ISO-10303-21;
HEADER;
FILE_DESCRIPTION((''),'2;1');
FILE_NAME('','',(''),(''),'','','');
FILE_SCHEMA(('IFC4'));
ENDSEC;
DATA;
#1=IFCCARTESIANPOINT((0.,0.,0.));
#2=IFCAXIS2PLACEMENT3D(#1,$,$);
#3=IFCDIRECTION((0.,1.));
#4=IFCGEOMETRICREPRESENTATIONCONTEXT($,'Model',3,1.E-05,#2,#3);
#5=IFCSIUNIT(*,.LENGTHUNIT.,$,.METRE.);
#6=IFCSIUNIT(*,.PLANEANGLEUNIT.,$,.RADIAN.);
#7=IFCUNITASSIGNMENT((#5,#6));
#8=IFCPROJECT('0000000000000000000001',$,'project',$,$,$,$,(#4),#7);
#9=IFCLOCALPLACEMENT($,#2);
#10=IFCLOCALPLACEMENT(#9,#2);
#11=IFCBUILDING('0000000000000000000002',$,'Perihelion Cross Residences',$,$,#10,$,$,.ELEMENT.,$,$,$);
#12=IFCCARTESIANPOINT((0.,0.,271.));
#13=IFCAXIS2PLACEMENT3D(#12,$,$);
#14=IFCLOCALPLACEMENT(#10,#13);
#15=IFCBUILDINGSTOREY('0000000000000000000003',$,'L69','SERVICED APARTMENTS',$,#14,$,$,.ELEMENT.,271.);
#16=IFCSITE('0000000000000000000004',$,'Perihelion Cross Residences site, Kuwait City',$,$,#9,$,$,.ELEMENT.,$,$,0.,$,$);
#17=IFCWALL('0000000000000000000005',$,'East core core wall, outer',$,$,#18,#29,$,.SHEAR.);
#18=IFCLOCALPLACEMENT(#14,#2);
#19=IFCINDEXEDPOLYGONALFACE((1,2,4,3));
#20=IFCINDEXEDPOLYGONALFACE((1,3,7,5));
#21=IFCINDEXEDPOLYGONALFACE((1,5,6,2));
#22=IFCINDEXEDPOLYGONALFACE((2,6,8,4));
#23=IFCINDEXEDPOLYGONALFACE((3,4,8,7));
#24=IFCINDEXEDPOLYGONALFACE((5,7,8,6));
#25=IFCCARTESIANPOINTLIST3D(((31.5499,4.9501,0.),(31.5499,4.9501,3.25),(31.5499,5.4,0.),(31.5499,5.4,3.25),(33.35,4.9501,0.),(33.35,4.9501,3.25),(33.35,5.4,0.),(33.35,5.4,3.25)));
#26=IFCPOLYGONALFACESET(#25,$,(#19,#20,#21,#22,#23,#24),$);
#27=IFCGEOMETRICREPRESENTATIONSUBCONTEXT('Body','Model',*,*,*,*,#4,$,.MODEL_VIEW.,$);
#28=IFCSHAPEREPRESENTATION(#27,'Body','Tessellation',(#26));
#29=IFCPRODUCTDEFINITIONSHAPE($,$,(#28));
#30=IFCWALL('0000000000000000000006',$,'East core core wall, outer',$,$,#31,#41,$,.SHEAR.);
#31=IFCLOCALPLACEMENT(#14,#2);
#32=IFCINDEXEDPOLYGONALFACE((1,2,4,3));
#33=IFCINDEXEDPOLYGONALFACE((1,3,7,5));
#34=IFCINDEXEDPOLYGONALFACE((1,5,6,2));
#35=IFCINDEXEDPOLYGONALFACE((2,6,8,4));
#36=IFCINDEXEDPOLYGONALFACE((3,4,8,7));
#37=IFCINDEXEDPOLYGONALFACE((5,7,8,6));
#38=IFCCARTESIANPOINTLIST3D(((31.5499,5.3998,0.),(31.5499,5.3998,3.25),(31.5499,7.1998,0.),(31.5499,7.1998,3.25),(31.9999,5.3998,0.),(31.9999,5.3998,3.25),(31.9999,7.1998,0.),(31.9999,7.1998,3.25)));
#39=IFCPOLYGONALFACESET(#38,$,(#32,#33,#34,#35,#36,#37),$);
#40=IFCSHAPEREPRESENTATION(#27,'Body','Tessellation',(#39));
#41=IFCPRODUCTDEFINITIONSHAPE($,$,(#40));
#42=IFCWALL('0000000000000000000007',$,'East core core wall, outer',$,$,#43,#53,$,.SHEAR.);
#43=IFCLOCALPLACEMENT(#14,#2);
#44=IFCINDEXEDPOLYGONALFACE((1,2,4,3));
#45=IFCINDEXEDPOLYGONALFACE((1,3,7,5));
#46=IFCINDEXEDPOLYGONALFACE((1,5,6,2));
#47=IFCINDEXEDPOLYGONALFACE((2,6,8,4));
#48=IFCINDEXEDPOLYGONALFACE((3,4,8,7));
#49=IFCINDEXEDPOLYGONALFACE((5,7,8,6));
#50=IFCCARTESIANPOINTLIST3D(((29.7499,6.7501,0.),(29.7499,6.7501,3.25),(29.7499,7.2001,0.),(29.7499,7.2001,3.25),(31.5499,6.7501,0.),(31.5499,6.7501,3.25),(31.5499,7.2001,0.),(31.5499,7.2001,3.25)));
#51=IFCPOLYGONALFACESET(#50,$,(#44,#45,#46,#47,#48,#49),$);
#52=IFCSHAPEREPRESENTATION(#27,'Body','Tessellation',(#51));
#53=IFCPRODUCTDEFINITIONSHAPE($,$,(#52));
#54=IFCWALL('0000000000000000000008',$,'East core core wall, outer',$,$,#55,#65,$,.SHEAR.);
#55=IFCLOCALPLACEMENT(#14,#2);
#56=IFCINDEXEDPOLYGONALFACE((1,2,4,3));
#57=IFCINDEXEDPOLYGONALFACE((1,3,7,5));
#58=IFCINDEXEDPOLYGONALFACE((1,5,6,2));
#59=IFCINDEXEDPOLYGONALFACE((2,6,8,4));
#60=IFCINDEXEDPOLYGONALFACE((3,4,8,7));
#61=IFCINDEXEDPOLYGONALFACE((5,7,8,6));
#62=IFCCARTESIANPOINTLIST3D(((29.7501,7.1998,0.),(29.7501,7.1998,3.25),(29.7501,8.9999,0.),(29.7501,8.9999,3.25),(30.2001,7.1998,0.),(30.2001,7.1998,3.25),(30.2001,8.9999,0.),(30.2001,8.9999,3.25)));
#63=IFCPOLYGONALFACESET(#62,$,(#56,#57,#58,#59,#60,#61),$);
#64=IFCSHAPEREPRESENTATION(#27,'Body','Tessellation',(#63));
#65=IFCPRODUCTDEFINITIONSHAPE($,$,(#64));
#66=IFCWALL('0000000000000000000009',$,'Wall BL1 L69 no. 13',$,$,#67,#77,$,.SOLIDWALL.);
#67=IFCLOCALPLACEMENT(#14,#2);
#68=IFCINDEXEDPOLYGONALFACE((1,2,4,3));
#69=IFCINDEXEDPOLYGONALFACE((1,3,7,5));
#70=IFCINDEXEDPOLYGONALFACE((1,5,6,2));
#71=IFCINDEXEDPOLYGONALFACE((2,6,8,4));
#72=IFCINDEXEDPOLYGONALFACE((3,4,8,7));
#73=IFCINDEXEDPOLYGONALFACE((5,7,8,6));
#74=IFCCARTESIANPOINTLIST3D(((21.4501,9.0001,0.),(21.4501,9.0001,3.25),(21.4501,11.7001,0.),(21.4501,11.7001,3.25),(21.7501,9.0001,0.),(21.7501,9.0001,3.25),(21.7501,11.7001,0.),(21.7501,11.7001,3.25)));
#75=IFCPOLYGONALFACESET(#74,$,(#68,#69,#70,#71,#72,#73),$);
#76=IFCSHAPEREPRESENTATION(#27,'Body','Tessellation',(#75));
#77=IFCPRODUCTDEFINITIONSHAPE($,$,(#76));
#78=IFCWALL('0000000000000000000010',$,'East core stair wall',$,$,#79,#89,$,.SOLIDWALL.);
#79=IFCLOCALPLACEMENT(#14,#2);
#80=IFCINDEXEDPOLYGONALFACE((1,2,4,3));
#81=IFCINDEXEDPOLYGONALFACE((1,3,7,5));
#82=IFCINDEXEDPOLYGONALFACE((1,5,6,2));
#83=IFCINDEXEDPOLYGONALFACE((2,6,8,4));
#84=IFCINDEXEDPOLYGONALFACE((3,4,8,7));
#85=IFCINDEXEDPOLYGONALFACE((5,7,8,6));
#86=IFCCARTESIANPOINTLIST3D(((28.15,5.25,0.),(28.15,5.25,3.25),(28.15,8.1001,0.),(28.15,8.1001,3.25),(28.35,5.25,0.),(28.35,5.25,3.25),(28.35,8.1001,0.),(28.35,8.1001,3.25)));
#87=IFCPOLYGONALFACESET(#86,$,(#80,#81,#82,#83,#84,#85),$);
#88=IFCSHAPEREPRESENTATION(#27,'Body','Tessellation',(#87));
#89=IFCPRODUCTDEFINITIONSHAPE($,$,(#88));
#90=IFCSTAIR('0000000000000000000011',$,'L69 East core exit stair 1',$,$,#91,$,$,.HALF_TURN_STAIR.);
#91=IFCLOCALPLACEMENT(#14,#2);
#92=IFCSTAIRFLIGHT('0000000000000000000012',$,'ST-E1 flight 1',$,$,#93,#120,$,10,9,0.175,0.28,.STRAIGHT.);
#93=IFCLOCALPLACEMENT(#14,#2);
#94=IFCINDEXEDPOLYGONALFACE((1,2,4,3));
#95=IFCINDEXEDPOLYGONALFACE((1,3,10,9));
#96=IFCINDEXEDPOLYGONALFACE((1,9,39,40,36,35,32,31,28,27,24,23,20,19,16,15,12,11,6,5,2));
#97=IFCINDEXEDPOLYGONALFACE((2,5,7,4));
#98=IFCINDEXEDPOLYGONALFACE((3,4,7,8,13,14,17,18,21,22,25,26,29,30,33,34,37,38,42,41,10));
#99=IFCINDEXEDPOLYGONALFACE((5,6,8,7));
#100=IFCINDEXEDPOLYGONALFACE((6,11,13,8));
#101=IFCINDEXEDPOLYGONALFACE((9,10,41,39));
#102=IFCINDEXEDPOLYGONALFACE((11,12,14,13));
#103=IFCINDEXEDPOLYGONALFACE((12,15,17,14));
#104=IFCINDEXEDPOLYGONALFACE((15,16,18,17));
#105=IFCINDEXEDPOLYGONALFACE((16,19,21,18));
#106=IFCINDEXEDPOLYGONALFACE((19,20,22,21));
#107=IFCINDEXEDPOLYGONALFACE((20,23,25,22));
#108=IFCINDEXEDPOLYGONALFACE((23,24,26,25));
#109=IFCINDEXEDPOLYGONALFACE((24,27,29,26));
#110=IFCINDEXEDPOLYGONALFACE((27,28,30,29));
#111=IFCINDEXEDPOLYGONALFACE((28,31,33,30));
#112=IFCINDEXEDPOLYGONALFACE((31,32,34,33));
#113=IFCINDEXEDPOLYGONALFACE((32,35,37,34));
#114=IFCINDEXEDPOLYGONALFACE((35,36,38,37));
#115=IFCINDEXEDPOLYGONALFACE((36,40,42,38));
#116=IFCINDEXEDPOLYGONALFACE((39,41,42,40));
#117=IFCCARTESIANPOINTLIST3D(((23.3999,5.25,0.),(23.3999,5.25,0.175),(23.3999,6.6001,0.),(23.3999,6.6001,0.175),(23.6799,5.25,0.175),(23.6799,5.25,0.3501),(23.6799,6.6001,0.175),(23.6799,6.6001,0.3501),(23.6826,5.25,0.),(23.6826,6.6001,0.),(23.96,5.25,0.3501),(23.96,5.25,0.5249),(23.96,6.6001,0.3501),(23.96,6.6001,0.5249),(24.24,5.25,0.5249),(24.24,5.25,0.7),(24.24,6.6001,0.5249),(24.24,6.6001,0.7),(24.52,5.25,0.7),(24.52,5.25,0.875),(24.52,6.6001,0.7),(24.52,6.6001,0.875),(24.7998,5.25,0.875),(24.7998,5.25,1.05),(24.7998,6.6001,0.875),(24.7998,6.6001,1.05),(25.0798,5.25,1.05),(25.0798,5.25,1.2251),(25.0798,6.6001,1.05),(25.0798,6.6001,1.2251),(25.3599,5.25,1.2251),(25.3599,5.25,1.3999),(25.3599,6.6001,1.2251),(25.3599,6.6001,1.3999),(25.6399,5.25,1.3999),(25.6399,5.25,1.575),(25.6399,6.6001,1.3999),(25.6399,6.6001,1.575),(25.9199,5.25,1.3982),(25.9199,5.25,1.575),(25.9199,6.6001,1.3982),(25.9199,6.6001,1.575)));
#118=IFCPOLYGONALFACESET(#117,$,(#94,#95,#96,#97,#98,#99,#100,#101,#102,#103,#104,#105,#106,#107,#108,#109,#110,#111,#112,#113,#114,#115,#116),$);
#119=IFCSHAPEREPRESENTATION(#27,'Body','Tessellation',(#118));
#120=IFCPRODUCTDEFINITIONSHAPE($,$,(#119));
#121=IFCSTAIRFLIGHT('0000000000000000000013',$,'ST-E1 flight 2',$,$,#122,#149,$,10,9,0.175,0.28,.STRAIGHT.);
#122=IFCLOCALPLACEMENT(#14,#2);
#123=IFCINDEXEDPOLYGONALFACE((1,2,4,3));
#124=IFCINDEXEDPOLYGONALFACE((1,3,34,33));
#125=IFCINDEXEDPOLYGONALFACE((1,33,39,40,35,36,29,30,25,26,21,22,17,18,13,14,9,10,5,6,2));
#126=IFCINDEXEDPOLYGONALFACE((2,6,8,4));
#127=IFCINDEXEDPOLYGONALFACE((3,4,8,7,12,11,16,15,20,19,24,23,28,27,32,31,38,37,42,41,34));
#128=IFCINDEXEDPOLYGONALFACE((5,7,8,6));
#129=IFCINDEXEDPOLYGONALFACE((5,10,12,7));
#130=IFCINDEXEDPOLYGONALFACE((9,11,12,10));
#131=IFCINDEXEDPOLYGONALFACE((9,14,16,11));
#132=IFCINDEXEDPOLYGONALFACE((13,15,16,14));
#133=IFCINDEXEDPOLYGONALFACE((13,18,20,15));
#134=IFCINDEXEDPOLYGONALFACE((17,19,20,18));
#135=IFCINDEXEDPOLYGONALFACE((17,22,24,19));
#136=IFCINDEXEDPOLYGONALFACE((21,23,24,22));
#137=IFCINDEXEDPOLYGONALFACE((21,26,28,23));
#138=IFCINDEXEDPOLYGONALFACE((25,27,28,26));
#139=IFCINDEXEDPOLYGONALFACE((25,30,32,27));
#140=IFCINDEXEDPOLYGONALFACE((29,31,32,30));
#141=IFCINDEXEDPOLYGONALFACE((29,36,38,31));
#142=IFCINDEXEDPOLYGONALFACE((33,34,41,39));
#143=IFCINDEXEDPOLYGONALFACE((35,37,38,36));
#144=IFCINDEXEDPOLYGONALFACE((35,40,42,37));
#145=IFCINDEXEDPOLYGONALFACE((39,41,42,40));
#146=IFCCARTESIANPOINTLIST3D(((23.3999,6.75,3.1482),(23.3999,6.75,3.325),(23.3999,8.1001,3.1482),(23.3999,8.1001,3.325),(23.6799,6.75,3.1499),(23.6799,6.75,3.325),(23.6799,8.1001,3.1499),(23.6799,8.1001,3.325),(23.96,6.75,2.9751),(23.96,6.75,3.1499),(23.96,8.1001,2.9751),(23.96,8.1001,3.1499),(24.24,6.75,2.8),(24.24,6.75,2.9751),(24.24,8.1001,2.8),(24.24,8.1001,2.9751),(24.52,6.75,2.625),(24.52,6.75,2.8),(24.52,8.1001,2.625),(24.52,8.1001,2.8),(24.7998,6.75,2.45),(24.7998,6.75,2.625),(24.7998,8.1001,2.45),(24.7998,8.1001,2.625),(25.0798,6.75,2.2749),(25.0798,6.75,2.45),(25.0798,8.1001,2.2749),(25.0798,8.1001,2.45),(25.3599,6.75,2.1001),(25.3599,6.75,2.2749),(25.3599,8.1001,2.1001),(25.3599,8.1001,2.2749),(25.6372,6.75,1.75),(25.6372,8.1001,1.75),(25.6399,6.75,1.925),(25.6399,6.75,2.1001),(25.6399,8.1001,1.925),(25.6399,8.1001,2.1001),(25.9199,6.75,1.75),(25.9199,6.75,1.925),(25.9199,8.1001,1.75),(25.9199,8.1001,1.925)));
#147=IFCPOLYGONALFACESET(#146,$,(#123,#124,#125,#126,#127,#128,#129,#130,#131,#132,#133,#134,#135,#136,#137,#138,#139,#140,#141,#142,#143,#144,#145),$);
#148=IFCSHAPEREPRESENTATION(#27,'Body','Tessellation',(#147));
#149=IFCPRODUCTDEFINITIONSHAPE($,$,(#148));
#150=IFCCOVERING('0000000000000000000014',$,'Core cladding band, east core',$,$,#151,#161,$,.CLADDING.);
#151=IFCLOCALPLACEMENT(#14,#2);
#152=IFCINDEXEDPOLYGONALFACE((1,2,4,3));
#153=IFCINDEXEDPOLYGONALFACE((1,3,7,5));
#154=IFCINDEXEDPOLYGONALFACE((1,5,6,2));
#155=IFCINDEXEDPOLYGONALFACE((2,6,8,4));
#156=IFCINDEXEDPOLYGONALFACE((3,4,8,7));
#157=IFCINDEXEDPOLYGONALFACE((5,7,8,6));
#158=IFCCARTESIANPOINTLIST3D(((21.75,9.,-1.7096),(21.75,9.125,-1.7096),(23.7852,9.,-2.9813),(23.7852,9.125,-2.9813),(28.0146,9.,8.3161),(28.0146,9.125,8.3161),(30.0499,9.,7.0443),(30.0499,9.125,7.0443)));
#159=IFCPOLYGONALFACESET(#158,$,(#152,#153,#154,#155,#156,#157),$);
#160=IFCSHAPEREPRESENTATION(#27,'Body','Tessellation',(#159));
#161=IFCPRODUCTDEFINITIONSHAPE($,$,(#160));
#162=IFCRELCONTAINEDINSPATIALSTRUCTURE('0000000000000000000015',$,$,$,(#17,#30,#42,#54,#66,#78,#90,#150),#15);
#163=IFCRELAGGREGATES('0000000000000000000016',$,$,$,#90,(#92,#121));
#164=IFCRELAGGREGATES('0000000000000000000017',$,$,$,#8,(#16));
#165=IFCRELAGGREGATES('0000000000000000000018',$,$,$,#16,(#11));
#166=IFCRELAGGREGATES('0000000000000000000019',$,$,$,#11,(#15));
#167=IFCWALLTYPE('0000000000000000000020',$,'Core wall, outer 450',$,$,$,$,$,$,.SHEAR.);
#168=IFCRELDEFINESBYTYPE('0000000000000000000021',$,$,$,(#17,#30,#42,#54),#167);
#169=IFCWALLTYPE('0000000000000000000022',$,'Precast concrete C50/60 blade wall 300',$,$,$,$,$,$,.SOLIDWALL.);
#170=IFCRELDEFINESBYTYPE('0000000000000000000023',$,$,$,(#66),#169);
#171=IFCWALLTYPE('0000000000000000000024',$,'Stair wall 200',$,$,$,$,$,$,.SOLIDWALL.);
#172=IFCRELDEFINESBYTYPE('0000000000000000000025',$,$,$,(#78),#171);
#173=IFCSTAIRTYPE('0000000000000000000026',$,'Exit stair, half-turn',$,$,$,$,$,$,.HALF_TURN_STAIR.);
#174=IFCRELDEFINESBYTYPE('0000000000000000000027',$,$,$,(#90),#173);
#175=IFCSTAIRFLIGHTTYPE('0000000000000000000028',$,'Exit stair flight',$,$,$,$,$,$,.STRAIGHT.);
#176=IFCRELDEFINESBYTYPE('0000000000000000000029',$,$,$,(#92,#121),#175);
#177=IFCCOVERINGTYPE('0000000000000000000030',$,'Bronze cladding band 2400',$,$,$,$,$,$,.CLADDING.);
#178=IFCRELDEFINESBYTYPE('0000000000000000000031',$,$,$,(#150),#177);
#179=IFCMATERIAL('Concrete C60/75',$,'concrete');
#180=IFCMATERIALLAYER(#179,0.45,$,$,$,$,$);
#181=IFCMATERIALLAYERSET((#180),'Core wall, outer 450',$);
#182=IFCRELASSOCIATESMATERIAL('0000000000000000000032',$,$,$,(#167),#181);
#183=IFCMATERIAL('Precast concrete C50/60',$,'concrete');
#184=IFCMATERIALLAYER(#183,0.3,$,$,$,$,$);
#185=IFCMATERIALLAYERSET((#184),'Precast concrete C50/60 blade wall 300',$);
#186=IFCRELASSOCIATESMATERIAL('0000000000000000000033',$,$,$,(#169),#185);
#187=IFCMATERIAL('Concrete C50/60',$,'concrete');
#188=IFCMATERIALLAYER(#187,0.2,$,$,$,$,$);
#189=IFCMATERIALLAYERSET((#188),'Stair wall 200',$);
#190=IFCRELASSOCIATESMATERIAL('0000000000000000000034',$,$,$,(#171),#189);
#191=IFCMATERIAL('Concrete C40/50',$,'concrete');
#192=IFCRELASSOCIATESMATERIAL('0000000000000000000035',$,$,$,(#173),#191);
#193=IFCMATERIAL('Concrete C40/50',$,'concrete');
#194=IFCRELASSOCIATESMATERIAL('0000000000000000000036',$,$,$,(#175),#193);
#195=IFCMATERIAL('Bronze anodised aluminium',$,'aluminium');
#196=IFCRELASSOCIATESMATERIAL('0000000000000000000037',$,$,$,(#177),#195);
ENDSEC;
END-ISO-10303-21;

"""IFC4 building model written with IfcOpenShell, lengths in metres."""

from ifc_helpers import new_model, si_unit, direction, frame, frame_2d, origin, origin_2d, place, context, subcontext, project, spatial, polyline, rectangle, outline, extrude, material, layer, layer_set, material_profile, profile_set, type_object, element, aggregate, save


model = new_model("IFC4")

# Units and contexts
model_context = context("Model", 3, precision=1e-05, world=origin(), true_north=direction((0.0, 1.0)))
body_context = subcontext(model_context, "Body", "Model", "MODEL_VIEW")
ifc_project = project(units=[si_unit("LENGTHUNIT", "METRE"), si_unit("PLANEANGLEUNIT", "RADIAN")], contexts=[model_context])

# Site, building, storey
site_placement = place(None, origin())
site = spatial("IfcSite", under=ifc_project, at=site_placement, Name="Perihelion Cross Residences site, Kuwait City", CompositionType="ELEMENT", RefElevation=0.0)
building_placement = place(site_placement, origin())
building = spatial("IfcBuilding", under=site, at=building_placement, Name="Perihelion Cross Residences", CompositionType="ELEMENT")
storey_placement = place(building_placement, frame((0.0, 0.0, 271.0)))
storey = spatial("IfcBuildingStorey", under=building, at=storey_placement, Name="L69", Description="SERVICED APARTMENTS", CompositionType="ELEMENT", Elevation=271.0)

# Walls
ifc_material_1 = material(Name="Concrete C60/75", Category="concrete")
ifc_layer_1 = layer(ifc_material_1, 0.45)
ifc_layer_set_1 = layer_set([ifc_layer_1], Name="Core wall, outer 450")
wall_type_1 = type_object("IfcWallType", Name="Core wall, outer 450", PredefinedType="SHEAR", material=ifc_layer_set_1)
for number, where, z_axis, x_axis, name in (
    (1, (31.55, 5.175, 0.0), (0.0, 0.0, 1.0), (1.0, 0.0, 0.0), "East core core wall, outer"),
    (2, (31.7749, 5.3999, 0.0), (0.0, 0.0, 1.0), (0.0, 1.0, 0.0), "East core core wall, outer"),
    (3, (29.75, 6.9751, 0.0), (0.0, 0.0, 1.0), (1.0, 0.0, 0.0), "East core core wall, outer"),
    (4, (29.9751, 7.2, 0.0), (0.0, 0.0, 1.0), (0.0, 1.0, 0.0), "East core core wall, outer"),
):
    element("IfcWall", number, at=place(storey_placement, frame(where, z_axis=z_axis, x_axis=x_axis)), inside=storey, type_object=wall_type_1, Name=name, PredefinedType="SHEAR", context=body_context, shape_type="SweptSolid", body=[
        extrude(rectangle(XDim=1.8, YDim=0.45, at=frame_2d((0.8999, 0.0))), origin(), (0.0, 0.0, 1.0), 3.25),
    ])
ifc_material_2 = material(Name="Precast concrete C50/60", Category="concrete")
ifc_layer_2 = layer(ifc_material_2, 0.3)
ifc_layer_set_2 = layer_set([ifc_layer_2], Name="Precast concrete C50/60 blade wall 300")
wall_type_2 = type_object("IfcWallType", Name="Precast concrete C50/60 blade wall 300", PredefinedType="SOLIDWALL", material=ifc_layer_set_2)
wall_1_placement = place(storey_placement, frame((21.6001, 9.0, 0.0), z_axis=(0.0, 0.0, 1.0), x_axis=(0.0, 1.0, 0.0)))
element("IfcWall", 5, at=wall_1_placement, inside=storey, type_object=wall_type_2, Name="Wall BL1 L69 no. 13", PredefinedType="SOLIDWALL", context=body_context, shape_type="SweptSolid", body=[
    extrude(rectangle(XDim=2.7, YDim=0.3, at=frame_2d((1.3501, 0.0))), origin(), (0.0, 0.0, 1.0), 3.25),
])
ifc_material_3 = material(Name="Concrete C50/60", Category="concrete")
ifc_layer_3 = layer(ifc_material_3, 0.2)
ifc_layer_set_3 = layer_set([ifc_layer_3], Name="Stair wall 200")
wall_type_3 = type_object("IfcWallType", Name="Stair wall 200", PredefinedType="SOLIDWALL", material=ifc_layer_set_3)
wall_2_placement = place(storey_placement, frame((28.25, 5.25, 0.0), z_axis=(0.0, 0.0, 1.0), x_axis=(0.0, 1.0, 0.0)))
element("IfcWall", 6, at=wall_2_placement, inside=storey, type_object=wall_type_3, Name="East core stair wall", PredefinedType="SOLIDWALL", context=body_context, shape_type="SweptSolid", body=[
    extrude(rectangle(XDim=2.8501, YDim=0.2, at=frame_2d((1.425, 0.0))), origin(), (0.0, 0.0, 1.0), 3.25),
])

# Stair, stair flights
ifc_material_4 = material(Name="Concrete C40/50", Category="concrete")
stair_type = type_object("IfcStairType", Name="Exit stair, half-turn", PredefinedType="HALF_TURN_STAIR", material=ifc_material_4)
stair_placement = place(storey_placement, origin())
stair = element("IfcStair", 7, at=stair_placement, inside=storey, type_object=stair_type, Name="L69 East core exit stair 1", PredefinedType="HALF_TURN_STAIR")
ifc_material_5 = material(Name="Concrete C40/50", Category="concrete")
stair_flight_type = type_object("IfcStairFlightType", Name="Exit stair flight", PredefinedType="STRAIGHT", material=ifc_material_5)
stair_flight_1_placement = place(storey_placement, frame((23.3999, 5.925, 0.0), z_axis=(0.0, 0.0, 1.0), x_axis=(1.0, 0.0, 0.0)))
stair_flight_1 = element("IfcStairFlight", 8, at=stair_flight_1_placement, type_object=stair_flight_type, Name="ST-E1 flight 1", NumberOfRisers=10, NumberOfTreads=9, PredefinedType="STRAIGHT", RiserHeight=0.175, TreadLength=0.28, context=body_context, shape_type="SweptSolid", body=[
    extrude(outline(polyline([(0.0, 0.0), (0.0, 0.175), (0.28, 0.175), (0.28, 0.3501), (0.5601, 0.3501), (0.5601, 0.5249), (0.8401, 0.5249), (0.8401, 0.7), (1.1201, 0.7), (1.1201, 0.875), (1.3999, 0.875), (1.3999, 1.05), (1.6799, 1.05), (1.6799, 1.2251), (1.96, 1.2251), (1.96, 1.3999), (2.24, 1.3999), (2.24, 1.575), (2.52, 1.575), (2.52, 1.75), (2.52, 1.3982), (0.2827, 0.0), (0.0, 0.0)])), frame((0.0, 0.675, 0.0), z_axis=(0.0, -1.0, 0.0), x_axis=(1.0, 0.0, 0.0)), (0.0, 0.0, 1.0), 1.3501),
])
stair_flight_2_placement = place(storey_placement, frame((25.9199, 7.425, 1.75), z_axis=(0.0, 0.0, 1.0), x_axis=(-1.0, 0.0, 0.0)))
stair_flight_2 = element("IfcStairFlight", 9, at=stair_flight_2_placement, type_object=stair_flight_type, Name="ST-E1 flight 2", NumberOfRisers=10, NumberOfTreads=9, PredefinedType="STRAIGHT", RiserHeight=0.175, TreadLength=0.28, context=body_context, shape_type="SweptSolid", body=[
    extrude(outline(polyline([(0.0, 0.0), (0.0, 0.175), (0.28, 0.175), (0.28, 0.3501), (0.5601, 0.3501), (0.5601, 0.5249), (0.8401, 0.5249), (0.8401, 0.7), (1.1201, 0.7), (1.1201, 0.875), (1.3999, 0.875), (1.3999, 1.05), (1.6799, 1.05), (1.6799, 1.2251), (1.96, 1.2251), (1.96, 1.3999), (2.24, 1.3999), (2.24, 1.575), (2.52, 1.575), (2.52, 1.75), (2.52, 1.3982), (0.2827, 0.0), (0.0, 0.0)])), frame((0.0, 0.675, 0.0), z_axis=(0.0, -1.0, 0.0), x_axis=(1.0, 0.0, 0.0)), (0.0, 0.0, 1.0), 1.3501),
])
aggregate(stair, [stair_flight_1, stair_flight_2])

# Covering
ifc_material_6 = material(Name="Bronze anodised aluminium", Category="aluminium")
ifc_material_profile = material_profile(ifc_material_6, rectangle(XDim=0.125, YDim=2.3999, at=origin_2d()), Name="Bronze cladding band 2400")
ifc_profile_set = profile_set([ifc_material_profile], Name="Bronze anodised aluminium")
covering_type = type_object("IfcCoveringType", Name="Bronze cladding band 2400", PredefinedType="CLADDING", material=ifc_profile_set)
covering_placement = place(storey_placement, frame((22.7676, 9.0625, -2.3455), z_axis=(0.529915, 0.0, 0.848051), x_axis=(0.0, 1.0, 0.0)))
element("IfcCovering", 10, at=covering_placement, inside=storey, type_object=covering_type, Name="Core cladding band, east core", PredefinedType="CLADDING", context=body_context, shape_type="SweptSolid", body=[
    extrude(rectangle(XDim=0.125, YDim=2.3999, at=origin_2d()), origin(), (0.0, 0.0, 1.0), 11.822),
])

save(model, "model.ifc")
